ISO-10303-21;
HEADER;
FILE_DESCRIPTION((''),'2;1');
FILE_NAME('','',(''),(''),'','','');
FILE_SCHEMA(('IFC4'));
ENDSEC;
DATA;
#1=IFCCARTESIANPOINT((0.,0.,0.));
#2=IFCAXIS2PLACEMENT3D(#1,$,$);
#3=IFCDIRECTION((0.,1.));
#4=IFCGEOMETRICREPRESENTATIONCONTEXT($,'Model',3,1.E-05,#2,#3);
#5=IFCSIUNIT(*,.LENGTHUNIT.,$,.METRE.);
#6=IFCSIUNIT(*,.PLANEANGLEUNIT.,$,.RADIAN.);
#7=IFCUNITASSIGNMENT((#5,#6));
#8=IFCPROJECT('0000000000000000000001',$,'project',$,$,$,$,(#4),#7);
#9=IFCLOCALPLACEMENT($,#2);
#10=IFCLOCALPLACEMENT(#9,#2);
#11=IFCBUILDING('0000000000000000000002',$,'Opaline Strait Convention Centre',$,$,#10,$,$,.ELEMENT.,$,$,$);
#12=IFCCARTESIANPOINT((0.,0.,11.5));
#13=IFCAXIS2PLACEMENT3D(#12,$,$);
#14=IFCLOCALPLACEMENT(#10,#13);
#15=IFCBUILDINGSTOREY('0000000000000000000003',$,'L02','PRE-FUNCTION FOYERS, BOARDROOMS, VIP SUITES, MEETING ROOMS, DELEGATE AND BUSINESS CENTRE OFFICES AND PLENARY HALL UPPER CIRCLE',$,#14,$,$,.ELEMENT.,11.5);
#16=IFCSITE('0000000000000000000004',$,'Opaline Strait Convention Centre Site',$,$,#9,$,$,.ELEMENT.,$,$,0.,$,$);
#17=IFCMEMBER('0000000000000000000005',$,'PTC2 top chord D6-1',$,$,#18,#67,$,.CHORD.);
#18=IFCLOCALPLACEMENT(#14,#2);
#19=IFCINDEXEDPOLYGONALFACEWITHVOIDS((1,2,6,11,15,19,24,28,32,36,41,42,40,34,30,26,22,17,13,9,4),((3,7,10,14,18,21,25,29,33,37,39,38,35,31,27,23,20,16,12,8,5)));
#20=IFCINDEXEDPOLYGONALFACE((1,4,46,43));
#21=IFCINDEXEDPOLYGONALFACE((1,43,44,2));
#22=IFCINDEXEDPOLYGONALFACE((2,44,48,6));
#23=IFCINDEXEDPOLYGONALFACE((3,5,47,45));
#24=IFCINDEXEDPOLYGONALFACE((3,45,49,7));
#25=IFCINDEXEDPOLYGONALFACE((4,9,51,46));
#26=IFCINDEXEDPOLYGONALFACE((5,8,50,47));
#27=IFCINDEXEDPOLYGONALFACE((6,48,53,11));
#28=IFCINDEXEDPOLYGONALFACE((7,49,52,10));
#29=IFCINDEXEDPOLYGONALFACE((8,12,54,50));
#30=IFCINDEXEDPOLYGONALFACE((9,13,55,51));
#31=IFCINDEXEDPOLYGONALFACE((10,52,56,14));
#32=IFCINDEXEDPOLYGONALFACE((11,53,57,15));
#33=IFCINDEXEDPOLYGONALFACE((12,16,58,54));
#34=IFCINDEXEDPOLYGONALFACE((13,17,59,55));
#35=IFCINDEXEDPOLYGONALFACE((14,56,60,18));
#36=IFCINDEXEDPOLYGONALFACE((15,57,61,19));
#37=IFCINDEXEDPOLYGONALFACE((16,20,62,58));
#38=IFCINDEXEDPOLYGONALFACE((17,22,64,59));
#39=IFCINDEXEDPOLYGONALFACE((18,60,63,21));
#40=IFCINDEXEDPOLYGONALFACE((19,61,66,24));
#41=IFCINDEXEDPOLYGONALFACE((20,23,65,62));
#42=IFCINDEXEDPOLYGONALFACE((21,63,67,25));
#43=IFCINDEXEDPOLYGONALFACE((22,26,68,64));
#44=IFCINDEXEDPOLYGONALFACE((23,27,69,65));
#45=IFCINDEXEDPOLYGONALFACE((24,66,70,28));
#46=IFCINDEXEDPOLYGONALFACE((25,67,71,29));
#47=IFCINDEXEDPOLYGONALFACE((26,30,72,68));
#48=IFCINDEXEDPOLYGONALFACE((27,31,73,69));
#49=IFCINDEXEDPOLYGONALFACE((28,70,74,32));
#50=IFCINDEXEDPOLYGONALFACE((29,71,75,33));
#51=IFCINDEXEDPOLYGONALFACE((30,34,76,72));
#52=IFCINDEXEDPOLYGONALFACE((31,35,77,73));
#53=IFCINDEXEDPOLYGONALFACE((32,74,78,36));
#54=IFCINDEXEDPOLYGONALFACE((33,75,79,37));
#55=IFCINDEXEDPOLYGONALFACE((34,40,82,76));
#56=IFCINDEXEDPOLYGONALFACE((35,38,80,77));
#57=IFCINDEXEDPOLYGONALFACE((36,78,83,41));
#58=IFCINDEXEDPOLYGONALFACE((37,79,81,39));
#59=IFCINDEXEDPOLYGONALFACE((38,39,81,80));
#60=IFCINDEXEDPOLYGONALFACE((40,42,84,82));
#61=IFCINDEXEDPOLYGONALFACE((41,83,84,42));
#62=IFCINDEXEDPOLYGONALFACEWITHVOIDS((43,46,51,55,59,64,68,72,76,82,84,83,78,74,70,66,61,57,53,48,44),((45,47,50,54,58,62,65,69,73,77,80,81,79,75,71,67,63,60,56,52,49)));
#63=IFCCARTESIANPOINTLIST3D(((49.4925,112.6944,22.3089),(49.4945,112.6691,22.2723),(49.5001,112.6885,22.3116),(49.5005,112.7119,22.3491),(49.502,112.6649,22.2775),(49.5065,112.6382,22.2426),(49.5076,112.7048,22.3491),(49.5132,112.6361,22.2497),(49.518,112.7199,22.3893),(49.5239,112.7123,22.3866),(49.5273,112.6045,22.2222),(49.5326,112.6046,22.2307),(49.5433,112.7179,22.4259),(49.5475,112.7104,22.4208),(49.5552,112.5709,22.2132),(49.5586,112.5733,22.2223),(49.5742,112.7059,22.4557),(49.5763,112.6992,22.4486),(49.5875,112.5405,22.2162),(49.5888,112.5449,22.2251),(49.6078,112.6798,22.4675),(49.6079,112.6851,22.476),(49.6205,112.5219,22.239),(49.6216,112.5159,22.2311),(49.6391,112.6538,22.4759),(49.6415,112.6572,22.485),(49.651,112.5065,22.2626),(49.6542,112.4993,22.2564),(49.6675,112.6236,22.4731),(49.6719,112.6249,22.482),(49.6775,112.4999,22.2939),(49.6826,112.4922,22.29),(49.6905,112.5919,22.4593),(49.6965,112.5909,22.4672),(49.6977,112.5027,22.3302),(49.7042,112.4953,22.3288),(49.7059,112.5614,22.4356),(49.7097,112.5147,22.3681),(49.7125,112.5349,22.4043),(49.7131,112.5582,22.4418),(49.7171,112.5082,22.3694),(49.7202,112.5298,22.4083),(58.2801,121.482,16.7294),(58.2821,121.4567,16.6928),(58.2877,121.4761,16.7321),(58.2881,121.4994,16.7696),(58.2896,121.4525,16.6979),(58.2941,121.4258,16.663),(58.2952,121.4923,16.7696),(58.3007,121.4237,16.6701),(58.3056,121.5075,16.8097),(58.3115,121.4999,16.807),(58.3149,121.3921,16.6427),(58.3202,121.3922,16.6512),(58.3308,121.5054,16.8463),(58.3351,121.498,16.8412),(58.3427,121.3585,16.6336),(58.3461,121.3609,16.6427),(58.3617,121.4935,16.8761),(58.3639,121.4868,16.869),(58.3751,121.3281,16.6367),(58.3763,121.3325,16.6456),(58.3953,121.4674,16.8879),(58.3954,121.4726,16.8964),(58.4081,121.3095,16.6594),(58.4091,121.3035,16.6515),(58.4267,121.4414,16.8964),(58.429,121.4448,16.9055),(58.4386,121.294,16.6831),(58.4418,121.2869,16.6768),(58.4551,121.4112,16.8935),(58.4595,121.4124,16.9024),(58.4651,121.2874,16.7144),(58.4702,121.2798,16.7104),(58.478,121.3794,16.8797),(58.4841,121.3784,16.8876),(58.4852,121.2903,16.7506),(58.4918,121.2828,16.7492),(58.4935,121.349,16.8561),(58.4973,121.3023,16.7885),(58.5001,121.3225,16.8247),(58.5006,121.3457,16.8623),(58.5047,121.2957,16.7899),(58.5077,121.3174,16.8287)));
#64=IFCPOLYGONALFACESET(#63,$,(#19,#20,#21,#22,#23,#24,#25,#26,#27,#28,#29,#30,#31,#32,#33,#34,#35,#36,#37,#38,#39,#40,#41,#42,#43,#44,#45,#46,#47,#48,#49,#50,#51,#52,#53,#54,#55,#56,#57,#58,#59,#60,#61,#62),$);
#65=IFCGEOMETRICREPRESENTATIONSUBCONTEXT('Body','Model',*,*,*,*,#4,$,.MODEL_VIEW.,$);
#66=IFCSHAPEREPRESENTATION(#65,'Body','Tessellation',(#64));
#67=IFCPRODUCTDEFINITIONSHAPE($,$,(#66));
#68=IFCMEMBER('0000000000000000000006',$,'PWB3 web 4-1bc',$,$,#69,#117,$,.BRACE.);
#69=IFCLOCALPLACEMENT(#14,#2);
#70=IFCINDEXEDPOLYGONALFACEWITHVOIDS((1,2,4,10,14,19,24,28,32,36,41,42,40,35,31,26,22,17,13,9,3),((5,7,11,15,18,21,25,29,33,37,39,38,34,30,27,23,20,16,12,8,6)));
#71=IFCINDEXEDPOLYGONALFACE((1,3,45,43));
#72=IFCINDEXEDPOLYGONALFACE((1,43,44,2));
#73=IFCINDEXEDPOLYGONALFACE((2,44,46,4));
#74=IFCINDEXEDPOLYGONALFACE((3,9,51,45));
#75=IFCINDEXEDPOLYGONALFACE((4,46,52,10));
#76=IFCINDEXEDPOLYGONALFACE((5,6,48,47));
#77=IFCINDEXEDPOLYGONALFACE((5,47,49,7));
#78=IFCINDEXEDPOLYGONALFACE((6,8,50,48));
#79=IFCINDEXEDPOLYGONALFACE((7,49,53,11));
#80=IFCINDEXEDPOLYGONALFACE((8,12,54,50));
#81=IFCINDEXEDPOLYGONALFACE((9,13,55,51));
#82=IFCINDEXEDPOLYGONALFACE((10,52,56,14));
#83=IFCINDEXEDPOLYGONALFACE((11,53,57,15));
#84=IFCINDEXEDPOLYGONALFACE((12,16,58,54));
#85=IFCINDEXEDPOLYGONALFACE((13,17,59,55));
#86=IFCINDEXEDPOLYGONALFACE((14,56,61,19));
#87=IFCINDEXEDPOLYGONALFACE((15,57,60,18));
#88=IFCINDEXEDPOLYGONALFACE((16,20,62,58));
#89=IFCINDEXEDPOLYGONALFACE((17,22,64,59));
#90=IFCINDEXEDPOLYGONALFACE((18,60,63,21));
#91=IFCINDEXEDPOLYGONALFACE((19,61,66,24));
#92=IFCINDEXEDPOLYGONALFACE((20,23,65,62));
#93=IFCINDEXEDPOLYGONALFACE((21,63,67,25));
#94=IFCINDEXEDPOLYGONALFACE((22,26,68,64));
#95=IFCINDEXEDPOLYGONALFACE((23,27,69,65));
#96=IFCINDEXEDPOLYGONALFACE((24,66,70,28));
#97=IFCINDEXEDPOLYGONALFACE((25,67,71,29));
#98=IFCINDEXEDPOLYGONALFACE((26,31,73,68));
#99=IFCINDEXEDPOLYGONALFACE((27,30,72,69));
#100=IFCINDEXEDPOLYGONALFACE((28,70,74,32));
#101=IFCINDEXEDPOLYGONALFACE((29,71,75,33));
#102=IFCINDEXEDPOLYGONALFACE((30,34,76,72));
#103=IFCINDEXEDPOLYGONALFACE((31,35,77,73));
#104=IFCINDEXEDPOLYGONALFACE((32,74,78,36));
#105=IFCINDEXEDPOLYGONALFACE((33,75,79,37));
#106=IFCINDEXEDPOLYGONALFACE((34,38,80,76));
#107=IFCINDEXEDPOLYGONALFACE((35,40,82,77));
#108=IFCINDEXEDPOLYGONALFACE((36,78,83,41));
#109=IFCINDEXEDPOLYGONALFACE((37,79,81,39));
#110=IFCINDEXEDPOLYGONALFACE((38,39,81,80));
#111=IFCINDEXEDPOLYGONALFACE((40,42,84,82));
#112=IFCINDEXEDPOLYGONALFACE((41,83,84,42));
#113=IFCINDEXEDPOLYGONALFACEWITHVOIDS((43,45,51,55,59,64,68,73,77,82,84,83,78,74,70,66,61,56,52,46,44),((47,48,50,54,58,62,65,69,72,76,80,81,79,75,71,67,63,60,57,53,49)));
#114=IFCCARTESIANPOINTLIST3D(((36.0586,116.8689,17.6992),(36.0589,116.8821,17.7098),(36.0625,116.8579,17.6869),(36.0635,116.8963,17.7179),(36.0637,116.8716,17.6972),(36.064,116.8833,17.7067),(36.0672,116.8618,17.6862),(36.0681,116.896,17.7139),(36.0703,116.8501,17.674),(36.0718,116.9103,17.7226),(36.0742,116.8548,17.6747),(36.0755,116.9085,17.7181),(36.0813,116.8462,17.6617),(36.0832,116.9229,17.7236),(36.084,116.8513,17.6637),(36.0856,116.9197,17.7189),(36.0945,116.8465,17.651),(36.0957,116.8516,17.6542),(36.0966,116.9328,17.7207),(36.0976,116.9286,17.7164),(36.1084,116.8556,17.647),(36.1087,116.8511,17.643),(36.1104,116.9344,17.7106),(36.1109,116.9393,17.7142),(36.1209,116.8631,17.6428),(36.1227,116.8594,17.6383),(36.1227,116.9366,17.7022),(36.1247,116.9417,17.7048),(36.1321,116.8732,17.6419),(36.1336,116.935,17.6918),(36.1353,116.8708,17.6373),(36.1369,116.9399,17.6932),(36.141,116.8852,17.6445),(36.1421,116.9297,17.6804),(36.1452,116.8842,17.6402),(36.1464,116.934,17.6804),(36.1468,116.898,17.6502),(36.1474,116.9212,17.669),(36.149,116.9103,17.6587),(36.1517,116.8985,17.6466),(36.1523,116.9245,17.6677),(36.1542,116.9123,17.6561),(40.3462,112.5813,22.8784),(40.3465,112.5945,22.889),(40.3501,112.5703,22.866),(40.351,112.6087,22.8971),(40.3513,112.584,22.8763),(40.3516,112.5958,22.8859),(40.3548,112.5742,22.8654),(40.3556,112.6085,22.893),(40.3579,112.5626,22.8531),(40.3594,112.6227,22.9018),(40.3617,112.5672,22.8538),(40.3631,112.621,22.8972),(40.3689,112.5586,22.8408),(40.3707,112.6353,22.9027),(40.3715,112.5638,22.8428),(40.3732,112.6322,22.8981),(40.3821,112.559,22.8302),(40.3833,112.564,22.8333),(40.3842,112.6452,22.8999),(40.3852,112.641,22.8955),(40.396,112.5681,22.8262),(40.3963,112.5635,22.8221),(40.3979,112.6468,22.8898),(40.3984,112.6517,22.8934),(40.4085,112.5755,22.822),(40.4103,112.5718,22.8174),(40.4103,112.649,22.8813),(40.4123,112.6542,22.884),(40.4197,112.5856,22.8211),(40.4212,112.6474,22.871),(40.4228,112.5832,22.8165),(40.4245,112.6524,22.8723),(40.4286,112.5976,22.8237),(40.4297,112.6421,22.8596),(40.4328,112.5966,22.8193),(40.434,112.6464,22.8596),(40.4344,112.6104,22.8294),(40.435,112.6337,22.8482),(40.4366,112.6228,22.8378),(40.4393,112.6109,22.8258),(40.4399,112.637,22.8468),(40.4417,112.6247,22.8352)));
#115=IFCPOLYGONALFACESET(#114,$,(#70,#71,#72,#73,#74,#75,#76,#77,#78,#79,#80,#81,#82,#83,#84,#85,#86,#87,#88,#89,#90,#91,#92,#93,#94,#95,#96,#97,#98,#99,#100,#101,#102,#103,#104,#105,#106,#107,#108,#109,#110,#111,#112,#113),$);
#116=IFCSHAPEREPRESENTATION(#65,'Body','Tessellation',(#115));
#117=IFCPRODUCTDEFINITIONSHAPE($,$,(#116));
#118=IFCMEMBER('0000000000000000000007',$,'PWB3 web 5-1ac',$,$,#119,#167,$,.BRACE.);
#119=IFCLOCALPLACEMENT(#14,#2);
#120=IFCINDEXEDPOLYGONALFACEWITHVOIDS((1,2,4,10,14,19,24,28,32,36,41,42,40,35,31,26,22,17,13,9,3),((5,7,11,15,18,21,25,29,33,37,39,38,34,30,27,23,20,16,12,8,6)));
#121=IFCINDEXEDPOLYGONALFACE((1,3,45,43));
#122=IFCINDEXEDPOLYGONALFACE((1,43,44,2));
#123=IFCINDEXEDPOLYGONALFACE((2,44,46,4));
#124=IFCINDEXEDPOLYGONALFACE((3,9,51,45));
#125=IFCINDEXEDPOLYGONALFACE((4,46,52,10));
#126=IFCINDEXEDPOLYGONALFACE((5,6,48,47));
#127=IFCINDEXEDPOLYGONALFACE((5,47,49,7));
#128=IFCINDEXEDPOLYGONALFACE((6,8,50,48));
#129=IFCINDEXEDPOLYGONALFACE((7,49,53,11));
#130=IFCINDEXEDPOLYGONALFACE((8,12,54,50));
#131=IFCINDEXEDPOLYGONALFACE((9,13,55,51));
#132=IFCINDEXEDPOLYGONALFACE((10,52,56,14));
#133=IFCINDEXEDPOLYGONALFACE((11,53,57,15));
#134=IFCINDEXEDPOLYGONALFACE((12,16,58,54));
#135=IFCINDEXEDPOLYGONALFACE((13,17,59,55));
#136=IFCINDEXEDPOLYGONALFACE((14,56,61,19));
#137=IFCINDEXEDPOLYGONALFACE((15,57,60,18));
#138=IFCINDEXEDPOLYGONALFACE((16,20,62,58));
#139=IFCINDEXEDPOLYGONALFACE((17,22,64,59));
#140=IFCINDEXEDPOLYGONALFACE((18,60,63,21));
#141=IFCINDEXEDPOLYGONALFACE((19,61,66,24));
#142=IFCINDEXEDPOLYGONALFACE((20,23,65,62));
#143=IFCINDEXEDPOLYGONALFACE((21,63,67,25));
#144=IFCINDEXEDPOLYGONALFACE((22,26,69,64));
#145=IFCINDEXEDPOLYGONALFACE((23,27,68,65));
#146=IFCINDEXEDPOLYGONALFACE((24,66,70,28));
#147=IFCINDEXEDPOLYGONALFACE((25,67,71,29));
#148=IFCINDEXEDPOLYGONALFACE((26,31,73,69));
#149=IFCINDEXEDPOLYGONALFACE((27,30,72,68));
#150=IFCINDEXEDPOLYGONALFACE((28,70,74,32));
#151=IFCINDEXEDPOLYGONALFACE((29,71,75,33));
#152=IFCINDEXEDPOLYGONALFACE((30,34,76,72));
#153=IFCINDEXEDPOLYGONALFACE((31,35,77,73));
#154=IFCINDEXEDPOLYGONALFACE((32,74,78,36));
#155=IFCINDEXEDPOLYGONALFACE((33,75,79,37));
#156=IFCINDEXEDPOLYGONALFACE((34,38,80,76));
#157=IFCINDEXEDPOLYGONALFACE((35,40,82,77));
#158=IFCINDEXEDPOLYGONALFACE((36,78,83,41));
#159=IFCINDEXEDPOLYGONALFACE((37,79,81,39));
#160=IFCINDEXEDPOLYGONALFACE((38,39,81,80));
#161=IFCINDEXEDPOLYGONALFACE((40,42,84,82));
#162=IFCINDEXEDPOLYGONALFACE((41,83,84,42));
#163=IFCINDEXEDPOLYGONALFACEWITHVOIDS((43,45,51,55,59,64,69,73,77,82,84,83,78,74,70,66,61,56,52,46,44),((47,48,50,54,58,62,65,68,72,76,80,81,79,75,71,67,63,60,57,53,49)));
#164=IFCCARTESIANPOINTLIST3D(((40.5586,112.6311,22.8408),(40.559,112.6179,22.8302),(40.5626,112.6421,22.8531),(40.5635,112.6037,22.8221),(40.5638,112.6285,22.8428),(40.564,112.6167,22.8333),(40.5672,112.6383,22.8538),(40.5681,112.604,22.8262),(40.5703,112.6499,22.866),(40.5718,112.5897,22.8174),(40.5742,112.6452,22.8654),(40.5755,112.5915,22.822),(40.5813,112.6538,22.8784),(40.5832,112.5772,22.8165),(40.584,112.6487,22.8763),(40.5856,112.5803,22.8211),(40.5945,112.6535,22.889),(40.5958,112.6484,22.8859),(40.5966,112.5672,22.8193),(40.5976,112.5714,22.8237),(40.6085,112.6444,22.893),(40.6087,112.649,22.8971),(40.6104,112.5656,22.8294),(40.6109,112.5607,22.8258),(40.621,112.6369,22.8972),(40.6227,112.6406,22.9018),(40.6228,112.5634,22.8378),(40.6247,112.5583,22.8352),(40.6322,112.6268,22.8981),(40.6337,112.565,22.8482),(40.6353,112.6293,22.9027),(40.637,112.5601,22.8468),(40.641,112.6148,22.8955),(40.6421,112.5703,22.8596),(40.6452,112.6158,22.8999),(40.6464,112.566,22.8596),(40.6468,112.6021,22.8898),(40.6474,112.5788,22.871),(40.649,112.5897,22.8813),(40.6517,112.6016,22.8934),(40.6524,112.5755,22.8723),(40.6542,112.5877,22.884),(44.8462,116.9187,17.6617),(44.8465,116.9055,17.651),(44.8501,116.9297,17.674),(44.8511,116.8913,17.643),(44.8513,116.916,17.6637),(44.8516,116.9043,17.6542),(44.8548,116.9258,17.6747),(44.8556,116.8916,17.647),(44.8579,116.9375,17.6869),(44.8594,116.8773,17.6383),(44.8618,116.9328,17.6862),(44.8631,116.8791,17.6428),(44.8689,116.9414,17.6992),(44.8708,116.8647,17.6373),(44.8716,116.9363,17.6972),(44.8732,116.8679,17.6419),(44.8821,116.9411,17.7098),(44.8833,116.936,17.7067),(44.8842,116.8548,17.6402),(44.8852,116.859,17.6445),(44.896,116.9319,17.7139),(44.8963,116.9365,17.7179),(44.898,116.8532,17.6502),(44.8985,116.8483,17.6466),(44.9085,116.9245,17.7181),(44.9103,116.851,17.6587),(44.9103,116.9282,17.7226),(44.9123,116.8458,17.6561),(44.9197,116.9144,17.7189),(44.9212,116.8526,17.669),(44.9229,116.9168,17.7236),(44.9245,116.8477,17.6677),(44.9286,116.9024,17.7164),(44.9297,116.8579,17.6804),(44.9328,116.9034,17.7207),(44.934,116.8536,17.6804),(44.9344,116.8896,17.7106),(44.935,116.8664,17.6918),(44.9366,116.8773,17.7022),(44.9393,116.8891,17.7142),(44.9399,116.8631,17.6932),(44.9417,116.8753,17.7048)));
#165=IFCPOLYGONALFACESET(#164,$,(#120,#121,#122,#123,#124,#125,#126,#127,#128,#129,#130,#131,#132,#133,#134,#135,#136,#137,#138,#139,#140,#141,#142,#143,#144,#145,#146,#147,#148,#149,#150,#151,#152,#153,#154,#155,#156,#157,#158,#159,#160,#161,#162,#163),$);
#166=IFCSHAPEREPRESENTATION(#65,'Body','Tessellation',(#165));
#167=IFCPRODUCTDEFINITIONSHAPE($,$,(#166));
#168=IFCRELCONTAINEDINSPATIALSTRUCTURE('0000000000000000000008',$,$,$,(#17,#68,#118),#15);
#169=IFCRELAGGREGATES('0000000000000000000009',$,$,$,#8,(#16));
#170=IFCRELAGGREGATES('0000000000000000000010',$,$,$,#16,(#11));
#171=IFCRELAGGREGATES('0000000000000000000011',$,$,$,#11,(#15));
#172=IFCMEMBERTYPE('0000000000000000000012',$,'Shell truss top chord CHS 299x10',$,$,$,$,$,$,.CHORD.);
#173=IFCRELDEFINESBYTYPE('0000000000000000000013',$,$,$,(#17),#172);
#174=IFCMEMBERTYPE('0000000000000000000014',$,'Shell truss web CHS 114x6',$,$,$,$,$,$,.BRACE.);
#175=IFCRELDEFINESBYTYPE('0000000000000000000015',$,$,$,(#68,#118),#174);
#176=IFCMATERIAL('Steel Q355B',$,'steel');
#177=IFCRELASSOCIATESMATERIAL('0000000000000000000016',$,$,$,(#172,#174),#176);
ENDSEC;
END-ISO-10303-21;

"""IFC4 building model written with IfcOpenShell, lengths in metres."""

from ifc_helpers import new_model, si_unit, direction, frame, origin, origin_2d, place, context, subcontext, project, spatial, hollow_circle, extrude, material, material_profile, profile_set, type_object, element, save


model = new_model("IFC4")

# Units and contexts
model_context = context("Model", 3, precision=1e-05, world=origin(), true_north=direction((0.0, 1.0)))
body_context = subcontext(model_context, "Body", "Model", "MODEL_VIEW")
ifc_project = project(units=[si_unit("LENGTHUNIT", "METRE"), si_unit("PLANEANGLEUNIT", "RADIAN")], contexts=[model_context])

# Site, building, storey
site_placement = place(None, origin())
site = spatial("IfcSite", under=ifc_project, at=site_placement, Name="Opaline Strait Convention Centre Site", CompositionType="ELEMENT", RefElevation=0.0)
building_placement = place(site_placement, origin())
building = spatial("IfcBuilding", under=site, at=building_placement, Name="Opaline Strait Convention Centre", CompositionType="ELEMENT")
storey_placement = place(building_placement, frame((0.0, 0.0, 11.5)))
storey = spatial("IfcBuildingStorey", under=building, at=storey_placement, Name="L02", Description="PRE-FUNCTION FOYERS, BOARDROOMS, VIP SUITES, MEETING ROOMS, DELEGATE AND BUSINESS CENTRE OFFICES AND PLENARY HALL UPPER CIRCLE", CompositionType="ELEMENT", Elevation=11.5)

# Members
ifc_material_1 = material(Name="Steel Q355B", Category="steel")
ifc_material_profile_1 = material_profile(ifc_material_1, hollow_circle(Radius=0.1494, WallThickness=0.01, at=origin_2d()), Name="CHS 299x10")
ifc_profile_set_1 = profile_set([ifc_material_profile_1], Name="Steel Q355B")
member_type_1 = type_object("IfcMemberType", Name="Shell truss top chord CHS 299x10", PredefinedType="CHORD", material=ifc_profile_set_1)
member_1_placement = place(storey_placement, frame((49.6062, 112.6062, 22.3491), z_axis=(0.645074, 0.645074, -0.409583), x_axis=(-0.707107, 0.707107, 0.0)))
element("IfcMember", 1, at=member_1_placement, inside=storey, type_object=member_type_1, Name="PTC2 top chord D6-1", PredefinedType="CHORD", context=body_context, shape_type="SweptSolid", body=[
    extrude(hollow_circle(Radius=0.1494, WallThickness=0.01, at=origin_2d()), origin(), (0.0, 0.0, 1.0), 13.6226),
])
ifc_material_profile_2 = material_profile(ifc_material_1, hollow_circle(Radius=0.0569, WallThickness=0.0061, at=origin_2d()), Name="CHS 114x6")
ifc_profile_set_2 = profile_set([ifc_material_profile_2], Name="Steel Q355B")
member_type_2 = type_object("IfcMemberType", Name="Shell truss web CHS 114x6", PredefinedType="BRACE", material=ifc_profile_set_2)
for number, where, z_axis, x_axis, name in (
    (2, (36.1062, 116.8938, 17.6804), (0.53767, -0.53767, 0.649478), (0.707107, 0.707107, 0.0), "PWB3 web 4-1bc"),
    (3, (44.8938, 116.8938, 17.6804), (-0.53767, -0.53767, 0.649478), (0.707107, -0.707107, 0.0), "PWB3 web 5-1ac"),
):
    element("IfcMember", number, at=place(storey_placement, frame(where, z_axis=z_axis, x_axis=x_axis)), inside=storey, type_object=member_type_2, Name=name, PredefinedType="BRACE", context=body_context, shape_type="SweptSolid", body=[
        extrude(hollow_circle(Radius=0.0569, WallThickness=0.0061, at=origin_2d()), origin(), (0.0, 0.0, 1.0), 7.9744),
    ])

save(model, "model.ifc")
